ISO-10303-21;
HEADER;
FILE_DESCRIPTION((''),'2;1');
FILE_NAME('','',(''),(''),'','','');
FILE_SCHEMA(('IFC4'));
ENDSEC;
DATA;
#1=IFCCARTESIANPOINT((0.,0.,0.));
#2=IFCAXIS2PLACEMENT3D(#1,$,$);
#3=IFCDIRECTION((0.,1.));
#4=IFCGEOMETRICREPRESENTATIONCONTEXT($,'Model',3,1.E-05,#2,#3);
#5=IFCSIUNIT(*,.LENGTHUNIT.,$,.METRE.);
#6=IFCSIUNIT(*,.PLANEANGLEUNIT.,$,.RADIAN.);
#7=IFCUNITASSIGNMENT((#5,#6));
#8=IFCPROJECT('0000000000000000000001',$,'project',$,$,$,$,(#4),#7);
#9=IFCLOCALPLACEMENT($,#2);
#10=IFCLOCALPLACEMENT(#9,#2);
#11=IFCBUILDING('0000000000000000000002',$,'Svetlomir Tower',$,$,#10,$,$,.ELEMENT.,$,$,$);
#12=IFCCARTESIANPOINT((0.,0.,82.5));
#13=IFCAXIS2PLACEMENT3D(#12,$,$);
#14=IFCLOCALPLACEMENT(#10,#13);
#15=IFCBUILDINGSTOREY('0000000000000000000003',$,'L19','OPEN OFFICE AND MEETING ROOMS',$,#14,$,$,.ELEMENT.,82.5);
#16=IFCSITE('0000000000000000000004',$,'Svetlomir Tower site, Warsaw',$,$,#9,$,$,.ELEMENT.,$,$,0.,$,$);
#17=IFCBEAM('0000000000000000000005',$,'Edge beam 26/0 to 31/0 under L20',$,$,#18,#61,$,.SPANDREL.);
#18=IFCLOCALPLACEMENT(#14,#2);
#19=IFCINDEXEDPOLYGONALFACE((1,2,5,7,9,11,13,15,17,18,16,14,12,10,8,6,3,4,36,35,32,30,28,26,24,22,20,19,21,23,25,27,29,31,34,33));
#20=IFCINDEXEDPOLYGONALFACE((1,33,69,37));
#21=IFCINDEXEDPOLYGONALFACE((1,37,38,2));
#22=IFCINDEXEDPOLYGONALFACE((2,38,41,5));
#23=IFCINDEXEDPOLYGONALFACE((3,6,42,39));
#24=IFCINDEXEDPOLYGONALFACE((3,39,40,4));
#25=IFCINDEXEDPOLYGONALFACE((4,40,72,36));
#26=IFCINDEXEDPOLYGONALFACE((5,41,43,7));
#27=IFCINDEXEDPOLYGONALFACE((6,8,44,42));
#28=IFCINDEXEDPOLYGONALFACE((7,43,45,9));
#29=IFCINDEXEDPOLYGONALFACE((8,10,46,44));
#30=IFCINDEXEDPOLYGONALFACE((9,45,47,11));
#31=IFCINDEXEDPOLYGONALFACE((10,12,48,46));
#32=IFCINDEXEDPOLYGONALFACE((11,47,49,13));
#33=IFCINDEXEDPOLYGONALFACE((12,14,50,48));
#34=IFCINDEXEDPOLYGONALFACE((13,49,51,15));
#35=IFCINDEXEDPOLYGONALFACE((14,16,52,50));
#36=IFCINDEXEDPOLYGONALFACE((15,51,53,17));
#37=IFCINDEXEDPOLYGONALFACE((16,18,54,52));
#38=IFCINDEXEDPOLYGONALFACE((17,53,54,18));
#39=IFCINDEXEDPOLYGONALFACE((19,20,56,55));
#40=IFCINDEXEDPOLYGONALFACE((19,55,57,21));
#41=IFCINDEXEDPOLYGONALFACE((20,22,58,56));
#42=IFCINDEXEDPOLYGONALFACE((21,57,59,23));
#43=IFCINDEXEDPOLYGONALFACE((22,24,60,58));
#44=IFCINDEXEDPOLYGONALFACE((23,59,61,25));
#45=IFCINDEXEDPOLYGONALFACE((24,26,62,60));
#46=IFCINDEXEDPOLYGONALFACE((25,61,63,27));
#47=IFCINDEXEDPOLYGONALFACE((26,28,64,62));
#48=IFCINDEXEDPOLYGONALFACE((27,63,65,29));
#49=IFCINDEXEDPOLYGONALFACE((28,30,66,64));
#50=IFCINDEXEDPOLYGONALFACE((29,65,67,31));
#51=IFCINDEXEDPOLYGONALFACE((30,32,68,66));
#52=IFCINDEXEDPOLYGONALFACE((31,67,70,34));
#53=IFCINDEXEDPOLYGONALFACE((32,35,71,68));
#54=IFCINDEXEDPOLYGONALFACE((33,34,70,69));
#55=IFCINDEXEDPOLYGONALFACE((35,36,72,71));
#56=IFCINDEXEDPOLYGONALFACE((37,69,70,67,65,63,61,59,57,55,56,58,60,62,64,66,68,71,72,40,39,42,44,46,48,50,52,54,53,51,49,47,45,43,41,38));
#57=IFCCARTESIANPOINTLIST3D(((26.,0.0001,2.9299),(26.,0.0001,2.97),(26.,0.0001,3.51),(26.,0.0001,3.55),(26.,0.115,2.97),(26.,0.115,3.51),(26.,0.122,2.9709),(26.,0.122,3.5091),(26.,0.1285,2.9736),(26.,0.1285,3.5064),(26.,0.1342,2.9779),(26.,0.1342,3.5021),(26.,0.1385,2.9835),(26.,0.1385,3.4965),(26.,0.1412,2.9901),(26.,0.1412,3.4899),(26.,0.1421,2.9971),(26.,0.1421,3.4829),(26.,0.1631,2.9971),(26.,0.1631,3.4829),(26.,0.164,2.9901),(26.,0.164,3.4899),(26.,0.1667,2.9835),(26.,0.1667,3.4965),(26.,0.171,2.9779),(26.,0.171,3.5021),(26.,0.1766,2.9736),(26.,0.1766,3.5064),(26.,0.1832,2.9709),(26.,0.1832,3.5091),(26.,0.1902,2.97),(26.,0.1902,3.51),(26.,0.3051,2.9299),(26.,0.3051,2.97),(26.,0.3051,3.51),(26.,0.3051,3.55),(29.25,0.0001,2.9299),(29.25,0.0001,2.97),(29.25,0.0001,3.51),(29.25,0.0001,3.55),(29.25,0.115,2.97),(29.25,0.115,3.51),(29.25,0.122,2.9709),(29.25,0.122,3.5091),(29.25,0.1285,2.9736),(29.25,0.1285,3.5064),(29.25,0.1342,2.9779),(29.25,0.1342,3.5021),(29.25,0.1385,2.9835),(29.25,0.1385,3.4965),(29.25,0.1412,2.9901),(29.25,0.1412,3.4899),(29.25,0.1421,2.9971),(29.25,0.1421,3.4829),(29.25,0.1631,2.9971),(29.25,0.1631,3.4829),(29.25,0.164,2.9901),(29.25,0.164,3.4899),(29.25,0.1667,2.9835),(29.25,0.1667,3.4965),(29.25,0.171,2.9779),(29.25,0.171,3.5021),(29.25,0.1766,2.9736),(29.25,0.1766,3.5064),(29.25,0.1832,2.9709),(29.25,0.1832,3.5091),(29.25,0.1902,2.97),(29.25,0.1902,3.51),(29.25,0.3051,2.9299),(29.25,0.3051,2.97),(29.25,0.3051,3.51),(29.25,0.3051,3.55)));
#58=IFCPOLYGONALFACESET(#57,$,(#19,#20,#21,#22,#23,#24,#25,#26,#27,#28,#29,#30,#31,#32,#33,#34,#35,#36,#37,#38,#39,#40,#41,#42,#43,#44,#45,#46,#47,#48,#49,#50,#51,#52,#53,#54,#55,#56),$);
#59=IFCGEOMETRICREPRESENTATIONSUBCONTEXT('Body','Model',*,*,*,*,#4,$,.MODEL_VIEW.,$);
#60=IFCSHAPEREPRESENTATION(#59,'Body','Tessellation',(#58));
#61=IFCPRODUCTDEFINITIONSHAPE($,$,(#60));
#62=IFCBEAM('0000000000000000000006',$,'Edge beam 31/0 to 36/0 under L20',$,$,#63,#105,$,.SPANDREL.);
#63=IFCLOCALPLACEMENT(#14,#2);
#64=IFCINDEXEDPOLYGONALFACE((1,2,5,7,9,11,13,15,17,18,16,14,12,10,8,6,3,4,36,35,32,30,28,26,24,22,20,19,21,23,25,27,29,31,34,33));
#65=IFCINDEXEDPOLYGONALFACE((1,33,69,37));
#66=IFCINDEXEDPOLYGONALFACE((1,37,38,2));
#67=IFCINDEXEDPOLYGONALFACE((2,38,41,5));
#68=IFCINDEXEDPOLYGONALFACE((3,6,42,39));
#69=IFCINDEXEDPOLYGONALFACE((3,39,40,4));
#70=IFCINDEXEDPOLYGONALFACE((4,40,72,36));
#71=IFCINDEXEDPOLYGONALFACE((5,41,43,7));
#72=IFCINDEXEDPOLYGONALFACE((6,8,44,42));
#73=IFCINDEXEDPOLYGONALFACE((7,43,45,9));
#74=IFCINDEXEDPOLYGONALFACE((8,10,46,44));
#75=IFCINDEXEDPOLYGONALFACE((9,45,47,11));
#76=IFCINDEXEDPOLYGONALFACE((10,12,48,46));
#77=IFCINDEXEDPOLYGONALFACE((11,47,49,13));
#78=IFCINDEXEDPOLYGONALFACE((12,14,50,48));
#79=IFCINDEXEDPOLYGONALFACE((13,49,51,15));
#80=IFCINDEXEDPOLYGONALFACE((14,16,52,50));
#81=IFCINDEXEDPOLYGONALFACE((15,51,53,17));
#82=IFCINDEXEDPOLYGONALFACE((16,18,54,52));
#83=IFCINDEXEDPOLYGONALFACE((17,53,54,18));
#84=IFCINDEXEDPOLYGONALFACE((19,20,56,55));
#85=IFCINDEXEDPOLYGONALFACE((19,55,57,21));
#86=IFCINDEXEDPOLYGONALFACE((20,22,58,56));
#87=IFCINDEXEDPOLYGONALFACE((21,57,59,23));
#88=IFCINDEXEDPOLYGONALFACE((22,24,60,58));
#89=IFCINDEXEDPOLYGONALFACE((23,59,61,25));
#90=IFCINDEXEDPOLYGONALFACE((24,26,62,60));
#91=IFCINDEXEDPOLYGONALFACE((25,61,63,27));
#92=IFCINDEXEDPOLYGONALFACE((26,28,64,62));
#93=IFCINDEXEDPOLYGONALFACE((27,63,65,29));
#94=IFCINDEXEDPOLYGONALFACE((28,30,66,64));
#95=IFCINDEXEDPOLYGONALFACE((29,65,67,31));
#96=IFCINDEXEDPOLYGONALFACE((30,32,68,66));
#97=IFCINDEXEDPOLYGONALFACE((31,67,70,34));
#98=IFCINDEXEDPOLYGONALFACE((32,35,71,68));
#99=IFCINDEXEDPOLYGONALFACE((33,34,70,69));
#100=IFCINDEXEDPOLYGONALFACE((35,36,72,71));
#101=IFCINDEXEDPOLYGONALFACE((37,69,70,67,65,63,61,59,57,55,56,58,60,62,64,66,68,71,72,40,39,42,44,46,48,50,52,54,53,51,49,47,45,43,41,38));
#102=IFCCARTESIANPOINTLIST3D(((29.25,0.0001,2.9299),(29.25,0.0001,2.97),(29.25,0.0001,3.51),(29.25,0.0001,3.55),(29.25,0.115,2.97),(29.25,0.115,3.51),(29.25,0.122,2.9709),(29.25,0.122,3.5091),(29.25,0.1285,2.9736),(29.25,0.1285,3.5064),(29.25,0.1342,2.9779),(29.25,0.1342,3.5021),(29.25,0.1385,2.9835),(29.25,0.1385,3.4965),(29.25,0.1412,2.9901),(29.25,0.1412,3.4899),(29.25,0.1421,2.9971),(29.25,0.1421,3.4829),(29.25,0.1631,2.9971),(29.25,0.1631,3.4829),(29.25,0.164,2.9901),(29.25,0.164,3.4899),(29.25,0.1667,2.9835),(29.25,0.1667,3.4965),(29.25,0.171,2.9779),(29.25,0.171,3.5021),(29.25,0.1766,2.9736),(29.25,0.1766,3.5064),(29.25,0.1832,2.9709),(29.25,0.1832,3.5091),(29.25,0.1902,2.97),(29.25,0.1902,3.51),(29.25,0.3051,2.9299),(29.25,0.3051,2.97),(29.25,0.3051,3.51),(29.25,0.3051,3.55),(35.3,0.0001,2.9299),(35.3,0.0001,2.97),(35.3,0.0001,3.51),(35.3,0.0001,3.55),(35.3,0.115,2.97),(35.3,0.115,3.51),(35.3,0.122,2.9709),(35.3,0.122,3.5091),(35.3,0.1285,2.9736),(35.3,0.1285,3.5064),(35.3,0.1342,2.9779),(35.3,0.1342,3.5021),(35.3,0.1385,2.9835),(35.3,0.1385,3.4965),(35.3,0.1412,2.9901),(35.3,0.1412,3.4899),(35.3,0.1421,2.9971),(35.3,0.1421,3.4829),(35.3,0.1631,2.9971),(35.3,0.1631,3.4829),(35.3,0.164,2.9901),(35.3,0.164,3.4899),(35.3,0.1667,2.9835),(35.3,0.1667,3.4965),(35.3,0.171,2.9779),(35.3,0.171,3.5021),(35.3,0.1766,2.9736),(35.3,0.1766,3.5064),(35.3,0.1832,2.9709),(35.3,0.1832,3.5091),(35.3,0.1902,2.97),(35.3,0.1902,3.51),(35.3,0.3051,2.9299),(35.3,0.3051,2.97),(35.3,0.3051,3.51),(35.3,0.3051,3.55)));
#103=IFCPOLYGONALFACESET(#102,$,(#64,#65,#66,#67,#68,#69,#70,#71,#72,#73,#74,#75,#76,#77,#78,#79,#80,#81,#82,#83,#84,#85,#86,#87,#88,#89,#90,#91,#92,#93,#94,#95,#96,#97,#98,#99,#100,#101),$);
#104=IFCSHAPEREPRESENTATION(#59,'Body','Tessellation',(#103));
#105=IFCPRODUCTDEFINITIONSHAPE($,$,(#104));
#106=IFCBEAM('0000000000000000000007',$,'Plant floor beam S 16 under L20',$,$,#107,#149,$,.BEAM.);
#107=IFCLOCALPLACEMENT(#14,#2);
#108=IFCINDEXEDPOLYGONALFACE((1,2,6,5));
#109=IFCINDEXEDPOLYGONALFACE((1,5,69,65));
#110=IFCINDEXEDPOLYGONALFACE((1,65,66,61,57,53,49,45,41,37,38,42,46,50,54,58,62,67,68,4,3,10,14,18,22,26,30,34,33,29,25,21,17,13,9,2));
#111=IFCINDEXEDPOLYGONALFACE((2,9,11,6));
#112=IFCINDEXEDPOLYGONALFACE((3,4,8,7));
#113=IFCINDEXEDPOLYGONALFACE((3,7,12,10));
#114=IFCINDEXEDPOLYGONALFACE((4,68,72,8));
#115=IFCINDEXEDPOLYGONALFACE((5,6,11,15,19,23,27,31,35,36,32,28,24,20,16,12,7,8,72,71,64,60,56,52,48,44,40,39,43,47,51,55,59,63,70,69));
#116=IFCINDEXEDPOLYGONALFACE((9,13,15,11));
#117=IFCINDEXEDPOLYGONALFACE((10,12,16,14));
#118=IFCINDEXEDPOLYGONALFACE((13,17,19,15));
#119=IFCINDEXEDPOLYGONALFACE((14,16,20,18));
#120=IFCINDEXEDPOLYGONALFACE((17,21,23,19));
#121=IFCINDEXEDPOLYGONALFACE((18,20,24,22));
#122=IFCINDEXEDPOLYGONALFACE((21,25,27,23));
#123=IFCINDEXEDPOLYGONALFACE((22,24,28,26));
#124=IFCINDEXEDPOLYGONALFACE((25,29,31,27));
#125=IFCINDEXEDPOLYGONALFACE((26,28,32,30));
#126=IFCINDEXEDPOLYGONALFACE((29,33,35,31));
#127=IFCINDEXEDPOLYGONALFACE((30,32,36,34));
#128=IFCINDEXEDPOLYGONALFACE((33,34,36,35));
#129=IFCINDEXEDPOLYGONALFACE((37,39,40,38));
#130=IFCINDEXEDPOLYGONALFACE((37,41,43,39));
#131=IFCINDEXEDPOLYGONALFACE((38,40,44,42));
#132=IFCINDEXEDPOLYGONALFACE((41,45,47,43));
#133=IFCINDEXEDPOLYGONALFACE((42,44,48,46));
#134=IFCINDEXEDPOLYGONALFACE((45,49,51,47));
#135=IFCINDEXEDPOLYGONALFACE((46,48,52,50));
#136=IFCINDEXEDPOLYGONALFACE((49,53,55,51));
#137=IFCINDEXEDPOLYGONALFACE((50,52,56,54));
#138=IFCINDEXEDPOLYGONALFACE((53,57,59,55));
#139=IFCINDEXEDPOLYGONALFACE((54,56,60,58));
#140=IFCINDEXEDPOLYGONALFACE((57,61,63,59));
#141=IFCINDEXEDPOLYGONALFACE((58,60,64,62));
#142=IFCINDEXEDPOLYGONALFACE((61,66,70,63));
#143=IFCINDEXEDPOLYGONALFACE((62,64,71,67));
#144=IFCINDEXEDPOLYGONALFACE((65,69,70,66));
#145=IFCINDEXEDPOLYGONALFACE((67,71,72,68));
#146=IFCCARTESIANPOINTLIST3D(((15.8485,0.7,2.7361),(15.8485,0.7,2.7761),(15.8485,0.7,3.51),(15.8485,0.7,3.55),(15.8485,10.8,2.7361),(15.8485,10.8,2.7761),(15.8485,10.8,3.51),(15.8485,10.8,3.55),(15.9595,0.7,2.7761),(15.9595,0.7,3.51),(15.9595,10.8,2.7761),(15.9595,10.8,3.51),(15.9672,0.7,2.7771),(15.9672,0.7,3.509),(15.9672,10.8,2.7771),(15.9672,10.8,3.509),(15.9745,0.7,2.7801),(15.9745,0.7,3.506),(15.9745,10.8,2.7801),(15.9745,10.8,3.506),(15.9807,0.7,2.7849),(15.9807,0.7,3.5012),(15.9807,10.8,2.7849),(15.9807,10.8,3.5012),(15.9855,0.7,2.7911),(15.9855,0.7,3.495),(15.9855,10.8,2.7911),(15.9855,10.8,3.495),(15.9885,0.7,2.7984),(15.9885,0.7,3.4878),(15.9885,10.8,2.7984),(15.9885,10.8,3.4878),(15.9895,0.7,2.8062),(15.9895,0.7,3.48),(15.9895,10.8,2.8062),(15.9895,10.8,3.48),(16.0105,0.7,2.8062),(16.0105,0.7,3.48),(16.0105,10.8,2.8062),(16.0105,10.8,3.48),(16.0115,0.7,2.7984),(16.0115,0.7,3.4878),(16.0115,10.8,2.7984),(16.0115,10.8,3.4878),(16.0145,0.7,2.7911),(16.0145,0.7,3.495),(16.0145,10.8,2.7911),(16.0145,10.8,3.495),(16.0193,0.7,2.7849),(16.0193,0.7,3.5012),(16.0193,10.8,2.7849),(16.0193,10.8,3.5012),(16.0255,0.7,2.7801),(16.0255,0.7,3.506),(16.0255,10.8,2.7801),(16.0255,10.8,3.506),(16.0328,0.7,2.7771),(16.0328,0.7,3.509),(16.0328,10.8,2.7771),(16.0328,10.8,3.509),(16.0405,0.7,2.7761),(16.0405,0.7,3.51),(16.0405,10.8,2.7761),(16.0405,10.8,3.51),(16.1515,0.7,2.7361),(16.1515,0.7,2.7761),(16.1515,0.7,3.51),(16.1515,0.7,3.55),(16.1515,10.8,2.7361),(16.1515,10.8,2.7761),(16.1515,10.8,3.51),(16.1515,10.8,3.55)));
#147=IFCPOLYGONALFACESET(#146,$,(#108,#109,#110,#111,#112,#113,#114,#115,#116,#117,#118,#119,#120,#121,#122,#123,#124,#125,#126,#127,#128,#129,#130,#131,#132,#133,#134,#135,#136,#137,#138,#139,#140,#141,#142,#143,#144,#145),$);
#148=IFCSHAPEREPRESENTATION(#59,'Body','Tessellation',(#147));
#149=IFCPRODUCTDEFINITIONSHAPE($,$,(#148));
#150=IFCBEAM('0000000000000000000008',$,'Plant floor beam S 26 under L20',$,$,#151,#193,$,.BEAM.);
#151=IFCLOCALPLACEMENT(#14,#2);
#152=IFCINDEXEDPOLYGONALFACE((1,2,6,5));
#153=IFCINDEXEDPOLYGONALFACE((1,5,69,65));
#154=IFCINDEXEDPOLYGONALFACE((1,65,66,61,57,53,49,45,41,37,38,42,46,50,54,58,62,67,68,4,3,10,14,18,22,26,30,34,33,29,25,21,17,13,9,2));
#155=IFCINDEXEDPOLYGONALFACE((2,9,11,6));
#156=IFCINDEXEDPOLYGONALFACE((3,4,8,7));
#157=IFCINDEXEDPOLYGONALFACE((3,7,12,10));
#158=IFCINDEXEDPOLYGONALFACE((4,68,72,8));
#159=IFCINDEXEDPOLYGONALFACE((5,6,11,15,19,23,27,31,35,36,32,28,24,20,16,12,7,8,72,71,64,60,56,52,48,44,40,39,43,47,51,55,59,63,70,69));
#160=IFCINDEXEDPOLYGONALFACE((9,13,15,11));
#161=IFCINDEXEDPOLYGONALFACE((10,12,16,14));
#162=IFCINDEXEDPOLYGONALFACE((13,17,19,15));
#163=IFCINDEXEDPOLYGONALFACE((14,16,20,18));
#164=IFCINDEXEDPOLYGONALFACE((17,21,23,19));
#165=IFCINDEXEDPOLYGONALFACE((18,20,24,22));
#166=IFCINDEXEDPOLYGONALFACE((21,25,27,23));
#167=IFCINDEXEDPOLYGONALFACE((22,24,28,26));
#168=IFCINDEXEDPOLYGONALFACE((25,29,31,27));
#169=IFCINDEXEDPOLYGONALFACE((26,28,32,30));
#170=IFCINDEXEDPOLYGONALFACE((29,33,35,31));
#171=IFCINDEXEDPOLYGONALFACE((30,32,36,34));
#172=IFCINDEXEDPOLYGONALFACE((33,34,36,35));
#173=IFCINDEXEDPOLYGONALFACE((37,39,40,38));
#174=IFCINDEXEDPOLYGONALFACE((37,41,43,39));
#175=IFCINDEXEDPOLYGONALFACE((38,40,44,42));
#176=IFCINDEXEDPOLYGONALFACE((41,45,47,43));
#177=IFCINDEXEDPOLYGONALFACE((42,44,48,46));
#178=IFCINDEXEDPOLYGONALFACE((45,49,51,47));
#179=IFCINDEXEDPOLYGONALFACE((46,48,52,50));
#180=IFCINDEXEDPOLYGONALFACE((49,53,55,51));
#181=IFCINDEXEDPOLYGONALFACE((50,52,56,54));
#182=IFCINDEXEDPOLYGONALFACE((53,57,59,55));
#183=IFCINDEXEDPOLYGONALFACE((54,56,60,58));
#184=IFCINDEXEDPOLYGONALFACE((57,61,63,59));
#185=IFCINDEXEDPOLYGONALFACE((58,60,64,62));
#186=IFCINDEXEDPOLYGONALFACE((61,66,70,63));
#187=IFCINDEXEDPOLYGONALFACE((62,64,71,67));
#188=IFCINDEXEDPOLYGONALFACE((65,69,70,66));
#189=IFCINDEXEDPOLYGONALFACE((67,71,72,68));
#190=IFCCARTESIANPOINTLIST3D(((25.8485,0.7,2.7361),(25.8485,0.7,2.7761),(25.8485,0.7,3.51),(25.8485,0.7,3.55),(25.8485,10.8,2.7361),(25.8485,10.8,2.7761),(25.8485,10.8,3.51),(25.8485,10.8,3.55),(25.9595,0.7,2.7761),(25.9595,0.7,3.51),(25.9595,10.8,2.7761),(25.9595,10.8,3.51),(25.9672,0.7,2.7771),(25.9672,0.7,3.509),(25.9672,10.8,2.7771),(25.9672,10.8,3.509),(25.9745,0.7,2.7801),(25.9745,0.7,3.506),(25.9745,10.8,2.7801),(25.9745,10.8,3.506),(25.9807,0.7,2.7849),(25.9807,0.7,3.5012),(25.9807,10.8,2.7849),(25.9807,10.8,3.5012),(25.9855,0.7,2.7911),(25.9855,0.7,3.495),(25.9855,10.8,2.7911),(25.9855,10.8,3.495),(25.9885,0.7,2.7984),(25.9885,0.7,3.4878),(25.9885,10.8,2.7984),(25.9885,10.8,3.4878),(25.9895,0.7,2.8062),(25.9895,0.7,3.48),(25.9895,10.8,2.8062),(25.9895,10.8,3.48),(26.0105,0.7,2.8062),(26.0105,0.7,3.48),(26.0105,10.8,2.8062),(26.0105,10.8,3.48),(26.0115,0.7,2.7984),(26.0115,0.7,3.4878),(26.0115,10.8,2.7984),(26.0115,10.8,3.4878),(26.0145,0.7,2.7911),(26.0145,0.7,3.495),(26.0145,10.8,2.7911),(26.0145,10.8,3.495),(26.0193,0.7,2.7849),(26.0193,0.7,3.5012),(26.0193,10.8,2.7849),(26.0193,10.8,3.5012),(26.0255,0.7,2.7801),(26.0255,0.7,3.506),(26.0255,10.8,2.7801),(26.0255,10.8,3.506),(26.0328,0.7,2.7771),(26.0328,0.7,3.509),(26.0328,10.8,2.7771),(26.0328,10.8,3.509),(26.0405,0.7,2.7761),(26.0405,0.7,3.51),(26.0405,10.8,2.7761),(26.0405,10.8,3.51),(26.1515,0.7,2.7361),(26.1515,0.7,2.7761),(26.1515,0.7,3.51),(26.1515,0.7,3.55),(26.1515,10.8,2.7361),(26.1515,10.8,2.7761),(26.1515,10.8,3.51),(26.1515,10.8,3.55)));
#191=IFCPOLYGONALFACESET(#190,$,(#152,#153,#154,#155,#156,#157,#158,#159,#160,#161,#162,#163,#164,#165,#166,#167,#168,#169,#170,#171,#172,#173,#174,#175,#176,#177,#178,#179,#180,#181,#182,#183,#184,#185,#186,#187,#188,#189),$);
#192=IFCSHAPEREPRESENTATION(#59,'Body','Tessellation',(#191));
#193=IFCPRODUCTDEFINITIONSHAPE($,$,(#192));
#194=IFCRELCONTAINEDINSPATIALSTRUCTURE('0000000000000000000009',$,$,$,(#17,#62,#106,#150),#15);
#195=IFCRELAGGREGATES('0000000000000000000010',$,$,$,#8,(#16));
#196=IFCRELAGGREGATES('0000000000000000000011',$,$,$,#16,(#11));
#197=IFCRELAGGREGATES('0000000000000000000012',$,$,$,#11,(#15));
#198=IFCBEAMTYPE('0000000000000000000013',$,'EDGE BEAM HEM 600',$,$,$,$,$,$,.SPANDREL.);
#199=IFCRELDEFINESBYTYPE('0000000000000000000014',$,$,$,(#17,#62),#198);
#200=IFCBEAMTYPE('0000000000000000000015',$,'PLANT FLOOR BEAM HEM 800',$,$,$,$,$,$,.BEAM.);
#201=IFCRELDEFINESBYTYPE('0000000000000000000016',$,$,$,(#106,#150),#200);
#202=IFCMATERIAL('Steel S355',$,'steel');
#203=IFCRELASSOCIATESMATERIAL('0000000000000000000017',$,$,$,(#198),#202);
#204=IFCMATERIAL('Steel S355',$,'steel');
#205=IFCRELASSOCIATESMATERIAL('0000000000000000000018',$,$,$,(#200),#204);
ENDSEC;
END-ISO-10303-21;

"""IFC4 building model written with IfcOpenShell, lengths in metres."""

from ifc_helpers import new_model, si_unit, direction, frame, origin, origin_2d, place, context, subcontext, project, spatial, i_section, extrude, material, material_profile, profile_set, type_object, element, save


model = new_model("IFC4")

# Units and contexts
model_context = context("Model", 3, precision=1e-05, world=origin(), true_north=direction((0.0, 1.0)))
body_context = subcontext(model_context, "Body", "Model", "MODEL_VIEW")
ifc_project = project(units=[si_unit("LENGTHUNIT", "METRE"), si_unit("PLANEANGLEUNIT", "RADIAN")], contexts=[model_context])

# Site, building, storey
site_placement = place(None, origin())
site = spatial("IfcSite", under=ifc_project, at=site_placement, Name="Svetlomir Tower site, Warsaw", CompositionType="ELEMENT", RefElevation=0.0)
building_placement = place(site_placement, origin())
building = spatial("IfcBuilding", under=site, at=building_placement, Name="Svetlomir Tower", CompositionType="ELEMENT")
storey_placement = place(building_placement, frame((0.0, 0.0, 82.5)))
storey = spatial("IfcBuildingStorey", under=building, at=storey_placement, Name="L19", Description="OPEN OFFICE AND MEETING ROOMS", CompositionType="ELEMENT", Elevation=82.5)

# Beams
ifc_material_1 = material(Name="Steel S355", Category="steel")
ifc_material_profile_1 = material_profile(ifc_material_1, i_section(OverallWidth=0.3049, OverallDepth=0.6201, WebThickness=0.021, FlangeThickness=0.04, FilletRadius=0.0271, at=origin_2d()), Name="HEM 600")
ifc_profile_set_1 = profile_set([ifc_material_profile_1], Name="Steel S355")
beam_type_1 = type_object("IfcBeamType", Name="EDGE BEAM HEM 600", PredefinedType="SPANDREL", material=ifc_profile_set_1)
beam_1_placement = place(storey_placement, frame((26.0, 0.1526, 3.24), z_axis=(1.0, 0.0, 0.0), x_axis=(0.0, 1.0, 0.0)))
element("IfcBeam", 1, at=beam_1_placement, inside=storey, type_object=beam_type_1, Name="Edge beam 26/0 to 31/0 under L20", PredefinedType="SPANDREL", context=body_context, shape_type="SweptSolid", body=[
    extrude(i_section(OverallWidth=0.3049, OverallDepth=0.6201, WebThickness=0.021, FlangeThickness=0.04, FilletRadius=0.0271, at=origin_2d()), origin(), (0.0, 0.0, 1.0), 3.25),
])
beam_2_placement = place(storey_placement, frame((29.25, 0.1526, 3.24), z_axis=(1.0, 0.0, 0.0), x_axis=(0.0, 1.0, 0.0)))
element("IfcBeam", 2, at=beam_2_placement, inside=storey, type_object=beam_type_1, Name="Edge beam 31/0 to 36/0 under L20", PredefinedType="SPANDREL", context=body_context, shape_type="SweptSolid", body=[
    extrude(i_section(OverallWidth=0.3049, OverallDepth=0.6201, WebThickness=0.021, FlangeThickness=0.04, FilletRadius=0.0271, at=origin_2d()), origin(), (0.0, 0.0, 1.0), 6.05),
])
ifc_material_2 = material(Name="Steel S355", Category="steel")
ifc_material_profile_2 = material_profile(ifc_material_2, i_section(OverallWidth=0.303, OverallDepth=0.814, WebThickness=0.021, FlangeThickness=0.04, FilletRadius=0.03, at=origin_2d()), Name="HEM 800")
ifc_profile_set_2 = profile_set([ifc_material_profile_2], Name="Steel S355")
beam_type_2 = type_object("IfcBeamType", Name="PLANT FLOOR BEAM HEM 800", PredefinedType="BEAM", material=ifc_profile_set_2)
for number, where, z_axis, x_axis, name in (
    (3, (16.0, 0.7, 3.1431), (0.0, 1.0, 0.0), (-1.0, 0.0, 0.0), "Plant floor beam S 16 under L20"),
    (4, (26.0, 0.7, 3.1431), (0.0, 1.0, 0.0), (-1.0, 0.0, 0.0), "Plant floor beam S 26 under L20"),
):
    element("IfcBeam", number, at=place(storey_placement, frame(where, z_axis=z_axis, x_axis=x_axis)), inside=storey, type_object=beam_type_2, Name=name, PredefinedType="BEAM", context=body_context, shape_type="SweptSolid", body=[
        extrude(i_section(OverallWidth=0.303, OverallDepth=0.814, WebThickness=0.021, FlangeThickness=0.04, FilletRadius=0.03, at=origin_2d()), origin(), (0.0, 0.0, 1.0), 10.1001),
    ])

save(model, "model.ifc")
